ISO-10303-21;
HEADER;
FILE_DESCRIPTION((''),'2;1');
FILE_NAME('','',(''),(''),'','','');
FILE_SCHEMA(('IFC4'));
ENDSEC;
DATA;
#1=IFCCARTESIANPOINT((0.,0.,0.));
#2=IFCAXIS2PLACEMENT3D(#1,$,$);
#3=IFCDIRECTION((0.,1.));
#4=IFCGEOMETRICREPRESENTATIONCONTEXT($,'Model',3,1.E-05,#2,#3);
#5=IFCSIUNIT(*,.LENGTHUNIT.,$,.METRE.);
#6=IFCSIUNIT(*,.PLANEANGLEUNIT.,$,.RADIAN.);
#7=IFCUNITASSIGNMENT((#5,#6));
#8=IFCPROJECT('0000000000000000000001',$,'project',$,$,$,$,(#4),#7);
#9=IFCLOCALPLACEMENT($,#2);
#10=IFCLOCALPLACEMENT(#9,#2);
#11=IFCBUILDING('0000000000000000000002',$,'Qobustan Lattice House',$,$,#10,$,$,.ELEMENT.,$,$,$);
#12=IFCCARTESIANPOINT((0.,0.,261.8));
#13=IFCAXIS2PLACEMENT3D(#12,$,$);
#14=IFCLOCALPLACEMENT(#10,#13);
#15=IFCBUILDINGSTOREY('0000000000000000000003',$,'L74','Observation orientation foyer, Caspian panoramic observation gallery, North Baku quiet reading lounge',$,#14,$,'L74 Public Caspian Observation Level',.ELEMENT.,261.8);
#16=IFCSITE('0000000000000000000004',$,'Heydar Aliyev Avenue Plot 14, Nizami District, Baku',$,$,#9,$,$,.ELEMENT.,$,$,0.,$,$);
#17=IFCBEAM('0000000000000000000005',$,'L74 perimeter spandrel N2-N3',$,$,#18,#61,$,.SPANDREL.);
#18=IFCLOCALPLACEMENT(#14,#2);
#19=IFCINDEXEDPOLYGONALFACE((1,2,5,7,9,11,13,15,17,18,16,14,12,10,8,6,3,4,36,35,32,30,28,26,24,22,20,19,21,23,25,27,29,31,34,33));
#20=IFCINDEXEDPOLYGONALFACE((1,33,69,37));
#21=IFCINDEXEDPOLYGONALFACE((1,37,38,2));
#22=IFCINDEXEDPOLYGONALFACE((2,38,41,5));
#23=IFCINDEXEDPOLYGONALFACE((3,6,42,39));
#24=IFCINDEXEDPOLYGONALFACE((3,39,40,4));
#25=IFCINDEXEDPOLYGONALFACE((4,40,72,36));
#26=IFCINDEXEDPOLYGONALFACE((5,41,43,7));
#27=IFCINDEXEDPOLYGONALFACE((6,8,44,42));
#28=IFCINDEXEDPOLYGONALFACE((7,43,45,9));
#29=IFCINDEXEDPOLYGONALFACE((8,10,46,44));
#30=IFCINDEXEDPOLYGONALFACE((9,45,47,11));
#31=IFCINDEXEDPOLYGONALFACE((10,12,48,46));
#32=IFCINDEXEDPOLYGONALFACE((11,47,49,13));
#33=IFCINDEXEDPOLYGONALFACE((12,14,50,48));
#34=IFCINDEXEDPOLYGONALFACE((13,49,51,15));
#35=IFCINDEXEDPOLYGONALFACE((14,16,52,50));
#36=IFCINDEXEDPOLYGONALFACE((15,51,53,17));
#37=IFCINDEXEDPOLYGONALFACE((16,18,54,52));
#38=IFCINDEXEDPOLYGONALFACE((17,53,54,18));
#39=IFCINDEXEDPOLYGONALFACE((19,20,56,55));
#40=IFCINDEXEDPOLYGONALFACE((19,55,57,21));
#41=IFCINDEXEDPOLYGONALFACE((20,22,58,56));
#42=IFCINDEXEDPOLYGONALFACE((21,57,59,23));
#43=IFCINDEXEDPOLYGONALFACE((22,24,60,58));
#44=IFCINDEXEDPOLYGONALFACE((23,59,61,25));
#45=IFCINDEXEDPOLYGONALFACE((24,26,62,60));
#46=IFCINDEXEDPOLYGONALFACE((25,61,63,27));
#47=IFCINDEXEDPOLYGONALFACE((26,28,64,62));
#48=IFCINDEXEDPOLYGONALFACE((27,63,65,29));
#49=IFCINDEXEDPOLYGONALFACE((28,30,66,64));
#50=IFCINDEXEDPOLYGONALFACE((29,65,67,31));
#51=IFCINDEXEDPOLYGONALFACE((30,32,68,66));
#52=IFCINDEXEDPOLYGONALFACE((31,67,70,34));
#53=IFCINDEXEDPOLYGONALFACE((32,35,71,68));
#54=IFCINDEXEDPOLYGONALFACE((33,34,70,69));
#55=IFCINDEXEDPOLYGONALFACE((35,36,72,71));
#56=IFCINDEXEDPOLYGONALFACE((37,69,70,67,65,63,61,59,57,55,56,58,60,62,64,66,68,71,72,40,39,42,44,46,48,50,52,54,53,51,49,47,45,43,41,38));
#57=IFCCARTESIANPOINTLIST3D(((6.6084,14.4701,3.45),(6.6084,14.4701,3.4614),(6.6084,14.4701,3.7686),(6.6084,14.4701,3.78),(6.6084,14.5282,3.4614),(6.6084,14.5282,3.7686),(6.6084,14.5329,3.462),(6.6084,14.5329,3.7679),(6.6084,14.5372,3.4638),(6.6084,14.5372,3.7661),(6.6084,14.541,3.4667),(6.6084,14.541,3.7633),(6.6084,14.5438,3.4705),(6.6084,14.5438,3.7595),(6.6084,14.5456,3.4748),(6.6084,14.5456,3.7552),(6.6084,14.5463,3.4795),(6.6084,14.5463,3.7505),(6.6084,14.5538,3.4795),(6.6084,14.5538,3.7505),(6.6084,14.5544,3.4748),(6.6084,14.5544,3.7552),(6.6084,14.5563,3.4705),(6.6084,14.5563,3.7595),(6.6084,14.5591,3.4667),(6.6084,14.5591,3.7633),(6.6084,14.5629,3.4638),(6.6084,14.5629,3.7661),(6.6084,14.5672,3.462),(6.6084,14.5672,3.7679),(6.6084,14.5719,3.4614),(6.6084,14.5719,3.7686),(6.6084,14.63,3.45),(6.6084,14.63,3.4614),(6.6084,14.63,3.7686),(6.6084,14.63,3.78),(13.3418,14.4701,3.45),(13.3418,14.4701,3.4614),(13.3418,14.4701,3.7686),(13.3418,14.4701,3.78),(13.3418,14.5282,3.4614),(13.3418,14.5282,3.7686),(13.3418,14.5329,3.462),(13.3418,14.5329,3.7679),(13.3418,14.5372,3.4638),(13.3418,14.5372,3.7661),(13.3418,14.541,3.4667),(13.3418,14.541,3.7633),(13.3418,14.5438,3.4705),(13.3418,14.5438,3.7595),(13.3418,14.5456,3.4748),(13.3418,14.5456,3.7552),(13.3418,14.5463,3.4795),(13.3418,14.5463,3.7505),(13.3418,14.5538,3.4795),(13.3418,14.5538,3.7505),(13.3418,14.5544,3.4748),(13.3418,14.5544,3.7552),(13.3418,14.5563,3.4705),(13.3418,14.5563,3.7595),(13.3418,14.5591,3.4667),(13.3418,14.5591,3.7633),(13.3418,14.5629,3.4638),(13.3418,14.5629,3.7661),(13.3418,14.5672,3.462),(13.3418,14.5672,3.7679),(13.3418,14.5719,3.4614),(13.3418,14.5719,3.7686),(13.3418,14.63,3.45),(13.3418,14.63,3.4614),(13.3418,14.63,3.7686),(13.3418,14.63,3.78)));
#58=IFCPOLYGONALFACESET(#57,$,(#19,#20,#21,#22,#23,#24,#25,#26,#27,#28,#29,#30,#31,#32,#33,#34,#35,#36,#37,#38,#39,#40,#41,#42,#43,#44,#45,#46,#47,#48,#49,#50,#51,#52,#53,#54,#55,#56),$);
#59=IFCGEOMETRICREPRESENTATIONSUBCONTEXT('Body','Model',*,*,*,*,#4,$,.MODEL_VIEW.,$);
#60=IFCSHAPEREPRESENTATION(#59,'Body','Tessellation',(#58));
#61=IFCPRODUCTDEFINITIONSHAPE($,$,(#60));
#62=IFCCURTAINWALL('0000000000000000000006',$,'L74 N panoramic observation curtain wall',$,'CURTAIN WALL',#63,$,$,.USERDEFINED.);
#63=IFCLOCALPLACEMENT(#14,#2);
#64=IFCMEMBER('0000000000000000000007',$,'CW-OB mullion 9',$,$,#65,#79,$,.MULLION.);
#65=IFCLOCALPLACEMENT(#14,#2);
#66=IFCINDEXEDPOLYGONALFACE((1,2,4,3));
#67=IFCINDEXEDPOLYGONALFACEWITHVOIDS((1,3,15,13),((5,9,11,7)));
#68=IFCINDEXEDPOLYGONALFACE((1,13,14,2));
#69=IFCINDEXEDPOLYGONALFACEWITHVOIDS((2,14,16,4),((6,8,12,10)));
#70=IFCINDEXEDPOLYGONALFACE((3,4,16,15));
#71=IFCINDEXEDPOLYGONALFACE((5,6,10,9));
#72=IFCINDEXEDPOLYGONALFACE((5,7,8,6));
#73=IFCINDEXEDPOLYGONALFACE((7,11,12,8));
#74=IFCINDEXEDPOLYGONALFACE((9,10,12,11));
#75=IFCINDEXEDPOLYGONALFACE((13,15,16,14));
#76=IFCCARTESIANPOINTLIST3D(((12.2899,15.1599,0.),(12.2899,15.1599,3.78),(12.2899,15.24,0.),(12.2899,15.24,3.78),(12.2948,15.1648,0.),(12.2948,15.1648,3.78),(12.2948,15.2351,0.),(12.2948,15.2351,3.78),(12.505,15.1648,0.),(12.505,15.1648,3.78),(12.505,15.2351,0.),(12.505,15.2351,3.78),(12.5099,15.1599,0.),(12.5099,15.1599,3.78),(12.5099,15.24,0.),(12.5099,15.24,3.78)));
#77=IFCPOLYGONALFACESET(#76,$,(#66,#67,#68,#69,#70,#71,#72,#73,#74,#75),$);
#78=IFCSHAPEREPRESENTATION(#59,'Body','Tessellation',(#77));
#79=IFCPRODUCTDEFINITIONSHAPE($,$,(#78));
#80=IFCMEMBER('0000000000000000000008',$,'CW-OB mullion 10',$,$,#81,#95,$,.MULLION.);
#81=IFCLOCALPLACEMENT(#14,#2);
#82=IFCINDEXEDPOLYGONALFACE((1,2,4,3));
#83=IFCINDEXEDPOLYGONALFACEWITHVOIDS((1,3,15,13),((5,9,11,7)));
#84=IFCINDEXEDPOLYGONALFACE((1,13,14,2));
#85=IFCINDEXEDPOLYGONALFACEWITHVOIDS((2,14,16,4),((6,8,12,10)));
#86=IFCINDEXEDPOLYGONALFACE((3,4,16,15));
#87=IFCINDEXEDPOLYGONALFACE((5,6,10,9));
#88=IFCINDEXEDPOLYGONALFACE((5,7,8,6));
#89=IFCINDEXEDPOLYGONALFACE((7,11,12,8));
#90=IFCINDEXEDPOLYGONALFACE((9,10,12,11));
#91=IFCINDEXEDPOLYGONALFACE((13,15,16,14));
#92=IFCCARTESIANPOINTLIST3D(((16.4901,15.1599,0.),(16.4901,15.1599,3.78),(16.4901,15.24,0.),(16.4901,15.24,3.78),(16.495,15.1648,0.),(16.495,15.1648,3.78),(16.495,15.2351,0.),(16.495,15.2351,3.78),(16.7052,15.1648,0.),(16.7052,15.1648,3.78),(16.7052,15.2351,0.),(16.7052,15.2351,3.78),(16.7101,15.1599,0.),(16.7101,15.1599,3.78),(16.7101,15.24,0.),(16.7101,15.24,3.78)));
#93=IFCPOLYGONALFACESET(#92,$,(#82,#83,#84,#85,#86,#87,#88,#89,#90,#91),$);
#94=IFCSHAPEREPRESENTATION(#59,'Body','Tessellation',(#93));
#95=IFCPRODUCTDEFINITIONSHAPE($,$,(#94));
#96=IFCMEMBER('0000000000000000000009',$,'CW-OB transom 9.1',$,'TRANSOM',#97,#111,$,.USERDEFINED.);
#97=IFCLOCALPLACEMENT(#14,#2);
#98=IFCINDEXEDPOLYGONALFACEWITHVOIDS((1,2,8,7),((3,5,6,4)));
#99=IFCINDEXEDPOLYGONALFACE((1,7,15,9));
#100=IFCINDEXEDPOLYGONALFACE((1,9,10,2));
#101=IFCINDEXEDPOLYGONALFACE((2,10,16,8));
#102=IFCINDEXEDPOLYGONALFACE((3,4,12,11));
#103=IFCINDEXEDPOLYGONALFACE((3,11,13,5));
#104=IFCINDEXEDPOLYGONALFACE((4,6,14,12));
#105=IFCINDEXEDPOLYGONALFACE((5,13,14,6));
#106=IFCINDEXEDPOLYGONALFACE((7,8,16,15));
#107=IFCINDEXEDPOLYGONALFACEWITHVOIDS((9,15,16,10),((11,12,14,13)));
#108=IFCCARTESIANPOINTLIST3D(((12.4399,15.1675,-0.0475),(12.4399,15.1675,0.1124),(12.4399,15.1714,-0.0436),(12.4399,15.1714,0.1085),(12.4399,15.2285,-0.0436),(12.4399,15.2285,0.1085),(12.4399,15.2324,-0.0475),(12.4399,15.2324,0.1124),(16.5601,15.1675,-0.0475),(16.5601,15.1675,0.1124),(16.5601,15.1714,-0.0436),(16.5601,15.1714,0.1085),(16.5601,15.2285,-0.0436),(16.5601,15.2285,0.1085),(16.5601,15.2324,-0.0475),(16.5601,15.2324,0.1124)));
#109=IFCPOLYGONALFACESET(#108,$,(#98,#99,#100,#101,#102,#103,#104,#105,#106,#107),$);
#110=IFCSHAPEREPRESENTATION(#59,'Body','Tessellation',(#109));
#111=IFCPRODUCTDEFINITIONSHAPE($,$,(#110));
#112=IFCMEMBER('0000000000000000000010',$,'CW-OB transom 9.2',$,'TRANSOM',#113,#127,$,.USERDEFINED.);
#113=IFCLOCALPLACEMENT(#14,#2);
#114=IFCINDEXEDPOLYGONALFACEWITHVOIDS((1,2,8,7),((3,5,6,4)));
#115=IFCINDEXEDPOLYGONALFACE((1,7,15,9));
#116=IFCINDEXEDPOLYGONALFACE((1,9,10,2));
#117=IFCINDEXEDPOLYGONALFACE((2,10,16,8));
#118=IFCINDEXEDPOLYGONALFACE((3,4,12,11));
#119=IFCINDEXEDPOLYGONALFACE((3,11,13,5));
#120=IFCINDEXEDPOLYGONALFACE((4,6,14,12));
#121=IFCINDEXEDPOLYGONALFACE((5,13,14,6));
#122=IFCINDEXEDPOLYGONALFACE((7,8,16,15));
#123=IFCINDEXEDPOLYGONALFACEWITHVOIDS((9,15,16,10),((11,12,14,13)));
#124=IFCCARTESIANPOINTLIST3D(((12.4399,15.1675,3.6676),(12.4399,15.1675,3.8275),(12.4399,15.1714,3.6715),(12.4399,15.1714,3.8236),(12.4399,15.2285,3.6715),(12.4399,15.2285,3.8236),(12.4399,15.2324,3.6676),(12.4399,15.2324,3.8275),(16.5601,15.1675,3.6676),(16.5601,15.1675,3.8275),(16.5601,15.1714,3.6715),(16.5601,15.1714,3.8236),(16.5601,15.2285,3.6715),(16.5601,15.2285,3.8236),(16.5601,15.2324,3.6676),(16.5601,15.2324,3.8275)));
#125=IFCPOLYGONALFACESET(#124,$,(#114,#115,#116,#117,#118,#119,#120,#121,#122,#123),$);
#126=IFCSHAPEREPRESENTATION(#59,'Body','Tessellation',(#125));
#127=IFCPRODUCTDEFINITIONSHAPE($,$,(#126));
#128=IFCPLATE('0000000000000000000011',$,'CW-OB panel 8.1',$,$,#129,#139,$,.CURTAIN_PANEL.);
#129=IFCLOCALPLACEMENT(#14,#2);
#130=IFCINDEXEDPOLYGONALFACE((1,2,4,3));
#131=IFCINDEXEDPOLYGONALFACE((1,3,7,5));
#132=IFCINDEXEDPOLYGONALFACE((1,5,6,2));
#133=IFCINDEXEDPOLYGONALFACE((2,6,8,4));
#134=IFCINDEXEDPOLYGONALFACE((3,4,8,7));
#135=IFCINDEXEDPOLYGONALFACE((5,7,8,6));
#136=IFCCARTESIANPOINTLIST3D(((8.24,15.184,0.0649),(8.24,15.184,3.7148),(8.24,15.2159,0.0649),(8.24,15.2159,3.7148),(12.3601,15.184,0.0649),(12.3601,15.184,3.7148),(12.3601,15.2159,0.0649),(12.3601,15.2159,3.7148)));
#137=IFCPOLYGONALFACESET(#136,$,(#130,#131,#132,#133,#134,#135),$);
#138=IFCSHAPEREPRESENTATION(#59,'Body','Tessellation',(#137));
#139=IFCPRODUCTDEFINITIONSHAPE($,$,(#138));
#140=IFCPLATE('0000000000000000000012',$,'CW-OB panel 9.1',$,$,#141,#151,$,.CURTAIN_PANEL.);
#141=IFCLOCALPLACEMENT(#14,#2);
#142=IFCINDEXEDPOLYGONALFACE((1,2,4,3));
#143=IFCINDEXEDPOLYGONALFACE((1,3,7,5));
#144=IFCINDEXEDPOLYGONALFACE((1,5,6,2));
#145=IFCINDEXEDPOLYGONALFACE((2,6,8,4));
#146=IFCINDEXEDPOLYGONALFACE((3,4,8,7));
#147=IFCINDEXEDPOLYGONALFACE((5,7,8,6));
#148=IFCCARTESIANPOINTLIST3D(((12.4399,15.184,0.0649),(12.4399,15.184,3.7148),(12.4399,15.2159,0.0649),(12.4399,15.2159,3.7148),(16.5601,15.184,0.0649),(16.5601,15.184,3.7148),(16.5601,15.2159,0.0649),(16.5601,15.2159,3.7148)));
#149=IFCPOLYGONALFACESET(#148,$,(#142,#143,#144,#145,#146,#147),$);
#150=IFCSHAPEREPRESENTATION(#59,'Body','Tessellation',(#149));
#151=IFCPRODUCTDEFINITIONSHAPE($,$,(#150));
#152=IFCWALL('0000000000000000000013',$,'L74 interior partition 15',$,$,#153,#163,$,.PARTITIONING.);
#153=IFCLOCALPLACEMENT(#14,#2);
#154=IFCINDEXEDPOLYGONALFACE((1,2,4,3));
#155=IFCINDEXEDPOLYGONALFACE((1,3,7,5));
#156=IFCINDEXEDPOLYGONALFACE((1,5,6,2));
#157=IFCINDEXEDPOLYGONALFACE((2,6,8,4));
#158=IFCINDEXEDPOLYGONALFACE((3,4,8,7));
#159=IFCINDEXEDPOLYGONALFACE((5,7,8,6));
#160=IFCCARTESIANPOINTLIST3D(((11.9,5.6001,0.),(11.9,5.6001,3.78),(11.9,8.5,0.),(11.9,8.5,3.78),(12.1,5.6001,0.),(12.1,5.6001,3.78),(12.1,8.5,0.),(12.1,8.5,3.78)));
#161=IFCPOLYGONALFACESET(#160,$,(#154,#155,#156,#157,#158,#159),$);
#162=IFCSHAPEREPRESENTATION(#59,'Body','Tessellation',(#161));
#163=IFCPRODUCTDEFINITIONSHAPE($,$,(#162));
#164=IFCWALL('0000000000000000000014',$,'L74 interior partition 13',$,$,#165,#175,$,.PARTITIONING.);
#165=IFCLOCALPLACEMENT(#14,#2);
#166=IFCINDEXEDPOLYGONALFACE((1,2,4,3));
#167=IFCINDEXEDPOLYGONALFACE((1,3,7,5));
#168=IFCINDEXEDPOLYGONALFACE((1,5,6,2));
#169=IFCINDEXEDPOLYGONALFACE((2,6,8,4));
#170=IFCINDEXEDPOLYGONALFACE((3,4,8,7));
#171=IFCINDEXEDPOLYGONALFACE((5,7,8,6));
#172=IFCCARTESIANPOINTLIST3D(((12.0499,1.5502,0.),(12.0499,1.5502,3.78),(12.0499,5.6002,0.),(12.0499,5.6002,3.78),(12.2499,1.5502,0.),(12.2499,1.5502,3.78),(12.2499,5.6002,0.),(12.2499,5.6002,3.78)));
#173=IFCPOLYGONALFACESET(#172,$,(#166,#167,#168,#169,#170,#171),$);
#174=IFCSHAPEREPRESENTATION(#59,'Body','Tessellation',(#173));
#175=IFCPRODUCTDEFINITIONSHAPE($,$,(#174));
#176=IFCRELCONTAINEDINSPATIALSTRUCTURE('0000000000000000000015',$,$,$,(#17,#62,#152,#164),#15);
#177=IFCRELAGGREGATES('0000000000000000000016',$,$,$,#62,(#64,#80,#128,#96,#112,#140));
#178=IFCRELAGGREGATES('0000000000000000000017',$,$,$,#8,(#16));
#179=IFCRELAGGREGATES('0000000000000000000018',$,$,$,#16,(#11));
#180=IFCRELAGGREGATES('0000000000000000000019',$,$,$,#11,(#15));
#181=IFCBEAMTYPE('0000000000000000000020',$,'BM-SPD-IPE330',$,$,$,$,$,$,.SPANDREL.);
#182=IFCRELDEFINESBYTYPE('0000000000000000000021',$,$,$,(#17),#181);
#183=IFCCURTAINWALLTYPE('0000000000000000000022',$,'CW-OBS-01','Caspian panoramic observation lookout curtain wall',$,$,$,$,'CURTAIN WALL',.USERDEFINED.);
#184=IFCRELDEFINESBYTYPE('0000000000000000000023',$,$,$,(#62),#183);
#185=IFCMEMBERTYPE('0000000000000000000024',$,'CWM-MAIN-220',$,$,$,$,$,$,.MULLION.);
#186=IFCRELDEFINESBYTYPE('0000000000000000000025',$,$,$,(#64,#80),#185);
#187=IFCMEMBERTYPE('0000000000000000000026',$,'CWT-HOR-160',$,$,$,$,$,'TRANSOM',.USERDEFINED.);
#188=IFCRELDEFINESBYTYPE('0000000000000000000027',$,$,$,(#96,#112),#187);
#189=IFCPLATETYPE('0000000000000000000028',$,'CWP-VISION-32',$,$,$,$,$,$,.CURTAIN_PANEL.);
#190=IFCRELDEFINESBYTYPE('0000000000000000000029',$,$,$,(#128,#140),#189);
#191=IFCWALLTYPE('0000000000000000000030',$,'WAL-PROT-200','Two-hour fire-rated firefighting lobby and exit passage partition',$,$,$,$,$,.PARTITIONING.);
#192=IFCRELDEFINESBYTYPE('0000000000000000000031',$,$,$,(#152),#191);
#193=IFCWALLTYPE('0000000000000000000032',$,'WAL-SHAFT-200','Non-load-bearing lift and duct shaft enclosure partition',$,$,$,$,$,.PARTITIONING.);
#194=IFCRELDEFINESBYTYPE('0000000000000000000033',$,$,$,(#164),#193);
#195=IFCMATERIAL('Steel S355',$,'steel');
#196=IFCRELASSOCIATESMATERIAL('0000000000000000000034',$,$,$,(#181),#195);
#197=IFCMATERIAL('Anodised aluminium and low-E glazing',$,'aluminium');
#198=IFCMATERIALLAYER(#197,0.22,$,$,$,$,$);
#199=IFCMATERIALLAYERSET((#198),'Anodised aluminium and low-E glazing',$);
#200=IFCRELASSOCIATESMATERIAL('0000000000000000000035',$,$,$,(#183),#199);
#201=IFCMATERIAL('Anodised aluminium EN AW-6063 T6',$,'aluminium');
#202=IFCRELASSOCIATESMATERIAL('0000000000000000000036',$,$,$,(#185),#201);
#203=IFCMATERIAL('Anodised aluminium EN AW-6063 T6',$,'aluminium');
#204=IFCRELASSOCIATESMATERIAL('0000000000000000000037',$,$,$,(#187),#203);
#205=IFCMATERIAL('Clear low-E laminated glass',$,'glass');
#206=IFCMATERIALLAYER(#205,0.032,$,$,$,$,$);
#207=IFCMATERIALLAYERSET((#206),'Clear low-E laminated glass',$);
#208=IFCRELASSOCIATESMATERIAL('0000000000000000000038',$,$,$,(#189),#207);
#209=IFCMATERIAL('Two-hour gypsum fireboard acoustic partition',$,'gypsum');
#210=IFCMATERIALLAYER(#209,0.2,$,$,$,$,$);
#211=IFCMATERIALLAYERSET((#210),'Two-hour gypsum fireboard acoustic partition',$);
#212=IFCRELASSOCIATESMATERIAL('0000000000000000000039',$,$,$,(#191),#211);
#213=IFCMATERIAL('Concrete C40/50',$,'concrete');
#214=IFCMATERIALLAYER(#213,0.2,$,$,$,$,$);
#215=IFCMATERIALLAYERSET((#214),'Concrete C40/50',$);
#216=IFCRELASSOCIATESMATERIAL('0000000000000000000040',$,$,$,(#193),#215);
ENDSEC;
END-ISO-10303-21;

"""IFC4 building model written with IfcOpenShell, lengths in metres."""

from ifc_helpers import new_model, si_unit, direction, frame, frame_2d, origin, origin_2d, place, context, subcontext, project, spatial, rectangle, hollow_rectangle, i_section, extrude, material, layer, layer_set, material_profile, profile_set, type_object, element, aggregate, save


model = new_model("IFC4")

# Units and contexts
model_context = context("Model", 3, precision=1e-05, world=origin(), true_north=direction((0.0, 1.0)))
body_context = subcontext(model_context, "Body", "Model", "MODEL_VIEW")
ifc_project = project(units=[si_unit("LENGTHUNIT", "METRE"), si_unit("PLANEANGLEUNIT", "RADIAN")], contexts=[model_context])

# Site, building, storey
site_placement = place(None, origin())
site = spatial("IfcSite", under=ifc_project, at=site_placement, Name="Heydar Aliyev Avenue Plot 14, Nizami District, Baku", CompositionType="ELEMENT", RefElevation=0.0)
building_placement = place(site_placement, origin())
building = spatial("IfcBuilding", under=site, at=building_placement, Name="Qobustan Lattice House", CompositionType="ELEMENT")
storey_placement = place(building_placement, frame((0.0, 0.0, 261.8)))
storey = spatial("IfcBuildingStorey", under=building, at=storey_placement, Name="L74", Description="Observation orientation foyer, Caspian panoramic observation gallery, North Baku quiet reading lounge", LongName="L74 Public Caspian Observation Level", CompositionType="ELEMENT", Elevation=261.8)

# Beam
ifc_material_1 = material(Name="Steel S355", Category="steel")
ifc_material_profile_1 = material_profile(ifc_material_1, i_section(OverallWidth=0.1599, OverallDepth=0.3301, WebThickness=0.0076, FlangeThickness=0.0115, FilletRadius=0.0181, at=origin_2d()), Name="IPE330")
ifc_profile_set_1 = profile_set([ifc_material_profile_1], Name="Steel S355")
beam_type_1 = type_object("IfcBeamType", Name="BM-SPD-IPE330", PredefinedType="SPANDREL", material=ifc_profile_set_1)
beam_1_placement = place(storey_placement, frame((13.3418, 14.55, 3.615), z_axis=(-1.0, 0.0, 0.0), x_axis=(0.0, -1.0, 0.0)))
element("IfcBeam", 1, at=beam_1_placement, inside=storey, type_object=beam_type_1, Name="L74 perimeter spandrel N2-N3", PredefinedType="SPANDREL", context=body_context, shape_type="SweptSolid", body=[
    extrude(i_section(OverallWidth=0.1599, OverallDepth=0.3301, WebThickness=0.0076, FlangeThickness=0.0115, FilletRadius=0.0181, at=origin_2d()), origin(), (0.0, 0.0, 1.0), 6.7334),
])

# Curtain wall, members, plates
ifc_material_2 = material(Name="Anodised aluminium and low-E glazing", Category="aluminium")
ifc_layer_1 = layer(ifc_material_2, 0.22)
ifc_layer_set_1 = layer_set([ifc_layer_1], Name="Anodised aluminium and low-E glazing")
curtain_wall_type = type_object("IfcCurtainWallType", Name="CW-OBS-01", Description="Caspian panoramic observation lookout curtain wall", ElementType="CURTAIN WALL", PredefinedType="USERDEFINED", material=ifc_layer_set_1)
curtain_wall_placement = place(storey_placement, origin())
curtain_wall = element("IfcCurtainWall", 2, at=curtain_wall_placement, inside=storey, type_object=curtain_wall_type, Name="L74 N panoramic observation curtain wall", ObjectType="CURTAIN WALL", PredefinedType="USERDEFINED")
ifc_material_3 = material(Name="Anodised aluminium EN AW-6063 T6", Category="aluminium")
ifc_material_profile_2 = material_profile(ifc_material_3, hollow_rectangle(XDim=0.0801, YDim=0.22, WallThickness=0.0049, at=origin_2d()), Name="CWM-220x80")
ifc_profile_set_2 = profile_set([ifc_material_profile_2], Name="Anodised aluminium EN AW-6063 T6")
member_type_1 = type_object("IfcMemberType", Name="CWM-MAIN-220", PredefinedType="MULLION", material=ifc_profile_set_2)
member_1_placement = place(storey_placement, frame((12.3999, 15.2, 0.0), z_axis=(0.0, 0.0, 1.0), x_axis=(0.0, 1.0, 0.0)))
member_1 = element("IfcMember", 3, at=member_1_placement, type_object=member_type_1, Name="CW-OB mullion 9", PredefinedType="MULLION", context=body_context, shape_type="SweptSolid", body=[
    extrude(hollow_rectangle(XDim=0.0801, YDim=0.22, WallThickness=0.0049, at=origin_2d()), origin(), (0.0, 0.0, 1.0), 3.78),
])
member_2_placement = place(storey_placement, frame((16.6001, 15.2, 0.0), z_axis=(0.0, 0.0, 1.0), x_axis=(0.0, 1.0, 0.0)))
member_2 = element("IfcMember", 4, at=member_2_placement, type_object=member_type_1, Name="CW-OB mullion 10", PredefinedType="MULLION", context=body_context, shape_type="SweptSolid", body=[
    extrude(hollow_rectangle(XDim=0.0801, YDim=0.22, WallThickness=0.0049, at=origin_2d()), origin(), (0.0, 0.0, 1.0), 3.78),
])
ifc_material_4 = material(Name="Anodised aluminium EN AW-6063 T6", Category="aluminium")
ifc_material_profile_3 = material_profile(ifc_material_4, hollow_rectangle(XDim=0.0649, YDim=0.1599, WallThickness=0.0039, at=origin_2d()), Name="CWT-160x65")
ifc_profile_set_3 = profile_set([ifc_material_profile_3], Name="Anodised aluminium EN AW-6063 T6")
member_type_2 = type_object("IfcMemberType", Name="CWT-HOR-160", ElementType="TRANSOM", PredefinedType="USERDEFINED", material=ifc_profile_set_3)
member_3_placement = place(storey_placement, frame((12.4399, 15.2, 0.0325), z_axis=(1.0, 0.0, 0.0), x_axis=(0.0, 1.0, 0.0)))
member_3 = element("IfcMember", 5, at=member_3_placement, type_object=member_type_2, Name="CW-OB transom 9.1", ObjectType="TRANSOM", PredefinedType="USERDEFINED", context=body_context, shape_type="SweptSolid", body=[
    extrude(hollow_rectangle(XDim=0.0649, YDim=0.1599, WallThickness=0.0039, at=origin_2d()), origin(), (0.0, 0.0, 1.0), 4.1201),
])
member_4_placement = place(storey_placement, frame((12.4399, 15.2, 3.7476), z_axis=(1.0, 0.0, 0.0), x_axis=(0.0, 1.0, 0.0)))
member_4 = element("IfcMember", 6, at=member_4_placement, type_object=member_type_2, Name="CW-OB transom 9.2", ObjectType="TRANSOM", PredefinedType="USERDEFINED", context=body_context, shape_type="SweptSolid", body=[
    extrude(hollow_rectangle(XDim=0.0649, YDim=0.1599, WallThickness=0.0039, at=origin_2d()), origin(), (0.0, 0.0, 1.0), 4.1201),
])
ifc_material_5 = material(Name="Clear low-E laminated glass", Category="glass")
ifc_layer_2 = layer(ifc_material_5, 0.032)
ifc_layer_set_2 = layer_set([ifc_layer_2], Name="Clear low-E laminated glass")
plate_type = type_object("IfcPlateType", Name="CWP-VISION-32", PredefinedType="CURTAIN_PANEL", material=ifc_layer_set_2)
plate_1_placement = place(storey_placement, frame((10.3, 15.2, 0.0649), z_axis=(0.0, 0.0, 1.0), x_axis=(1.0, 0.0, 0.0)))
plate_1 = element("IfcPlate", 7, at=plate_1_placement, type_object=plate_type, Name="CW-OB panel 8.1", PredefinedType="CURTAIN_PANEL", context=body_context, shape_type="SweptSolid", body=[
    extrude(rectangle(XDim=4.1201, YDim=0.032, at=origin_2d()), origin(), (0.0, 0.0, 1.0), 3.6499),
])
plate_2_placement = place(storey_placement, frame((14.5, 15.2, 0.0649), z_axis=(0.0, 0.0, 1.0), x_axis=(1.0, 0.0, 0.0)))
plate_2 = element("IfcPlate", 8, at=plate_2_placement, type_object=plate_type, Name="CW-OB panel 9.1", PredefinedType="CURTAIN_PANEL", context=body_context, shape_type="SweptSolid", body=[
    extrude(rectangle(XDim=4.1201, YDim=0.032, at=origin_2d()), origin(), (0.0, 0.0, 1.0), 3.6499),
])
aggregate(curtain_wall, [member_1, member_2, plate_1, member_3, member_4, plate_2])

# Walls
ifc_material_6 = material(Name="Two-hour gypsum fireboard acoustic partition", Category="gypsum")
ifc_layer_3 = layer(ifc_material_6, 0.2)
ifc_layer_set_3 = layer_set([ifc_layer_3], Name="Two-hour gypsum fireboard acoustic partition")
wall_type_1 = type_object("IfcWallType", Name="WAL-PROT-200", Description="Two-hour fire-rated firefighting lobby and exit passage partition", PredefinedType="PARTITIONING", material=ifc_layer_set_3)
wall_1_placement = place(storey_placement, frame((12.0, 8.5, 0.0), z_axis=(0.0, 0.0, 1.0), x_axis=(0.0, -1.0, 0.0)))
element("IfcWall", 9, at=wall_1_placement, inside=storey, type_object=wall_type_1, Name="L74 interior partition 15", PredefinedType="PARTITIONING", context=body_context, shape_type="SweptSolid", body=[
    extrude(rectangle(XDim=2.8999, YDim=0.2, at=frame_2d((1.45, 0.0))), origin(), (0.0, 0.0, 1.0), 3.78),
])
ifc_material_7 = material(Name="Concrete C40/50", Category="concrete")
ifc_layer_4 = layer(ifc_material_7, 0.2)
ifc_layer_set_4 = layer_set([ifc_layer_4], Name="Concrete C40/50")
wall_type_2 = type_object("IfcWallType", Name="WAL-SHAFT-200", Description="Non-load-bearing lift and duct shaft enclosure partition", PredefinedType="PARTITIONING", material=ifc_layer_set_4)
wall_2_placement = place(storey_placement, frame((12.1499, 5.6001, 0.0), z_axis=(0.0, 0.0, 1.0), x_axis=(0.0, -1.0, 0.0)))
element("IfcWall", 10, at=wall_2_placement, inside=storey, type_object=wall_type_2, Name="L74 interior partition 13", PredefinedType="PARTITIONING", context=body_context, shape_type="SweptSolid", body=[
    extrude(rectangle(XDim=4.05, YDim=0.2, at=frame_2d((2.0249, 0.0))), origin(), (0.0, 0.0, 1.0), 3.78),
])

save(model, "model.ifc")
